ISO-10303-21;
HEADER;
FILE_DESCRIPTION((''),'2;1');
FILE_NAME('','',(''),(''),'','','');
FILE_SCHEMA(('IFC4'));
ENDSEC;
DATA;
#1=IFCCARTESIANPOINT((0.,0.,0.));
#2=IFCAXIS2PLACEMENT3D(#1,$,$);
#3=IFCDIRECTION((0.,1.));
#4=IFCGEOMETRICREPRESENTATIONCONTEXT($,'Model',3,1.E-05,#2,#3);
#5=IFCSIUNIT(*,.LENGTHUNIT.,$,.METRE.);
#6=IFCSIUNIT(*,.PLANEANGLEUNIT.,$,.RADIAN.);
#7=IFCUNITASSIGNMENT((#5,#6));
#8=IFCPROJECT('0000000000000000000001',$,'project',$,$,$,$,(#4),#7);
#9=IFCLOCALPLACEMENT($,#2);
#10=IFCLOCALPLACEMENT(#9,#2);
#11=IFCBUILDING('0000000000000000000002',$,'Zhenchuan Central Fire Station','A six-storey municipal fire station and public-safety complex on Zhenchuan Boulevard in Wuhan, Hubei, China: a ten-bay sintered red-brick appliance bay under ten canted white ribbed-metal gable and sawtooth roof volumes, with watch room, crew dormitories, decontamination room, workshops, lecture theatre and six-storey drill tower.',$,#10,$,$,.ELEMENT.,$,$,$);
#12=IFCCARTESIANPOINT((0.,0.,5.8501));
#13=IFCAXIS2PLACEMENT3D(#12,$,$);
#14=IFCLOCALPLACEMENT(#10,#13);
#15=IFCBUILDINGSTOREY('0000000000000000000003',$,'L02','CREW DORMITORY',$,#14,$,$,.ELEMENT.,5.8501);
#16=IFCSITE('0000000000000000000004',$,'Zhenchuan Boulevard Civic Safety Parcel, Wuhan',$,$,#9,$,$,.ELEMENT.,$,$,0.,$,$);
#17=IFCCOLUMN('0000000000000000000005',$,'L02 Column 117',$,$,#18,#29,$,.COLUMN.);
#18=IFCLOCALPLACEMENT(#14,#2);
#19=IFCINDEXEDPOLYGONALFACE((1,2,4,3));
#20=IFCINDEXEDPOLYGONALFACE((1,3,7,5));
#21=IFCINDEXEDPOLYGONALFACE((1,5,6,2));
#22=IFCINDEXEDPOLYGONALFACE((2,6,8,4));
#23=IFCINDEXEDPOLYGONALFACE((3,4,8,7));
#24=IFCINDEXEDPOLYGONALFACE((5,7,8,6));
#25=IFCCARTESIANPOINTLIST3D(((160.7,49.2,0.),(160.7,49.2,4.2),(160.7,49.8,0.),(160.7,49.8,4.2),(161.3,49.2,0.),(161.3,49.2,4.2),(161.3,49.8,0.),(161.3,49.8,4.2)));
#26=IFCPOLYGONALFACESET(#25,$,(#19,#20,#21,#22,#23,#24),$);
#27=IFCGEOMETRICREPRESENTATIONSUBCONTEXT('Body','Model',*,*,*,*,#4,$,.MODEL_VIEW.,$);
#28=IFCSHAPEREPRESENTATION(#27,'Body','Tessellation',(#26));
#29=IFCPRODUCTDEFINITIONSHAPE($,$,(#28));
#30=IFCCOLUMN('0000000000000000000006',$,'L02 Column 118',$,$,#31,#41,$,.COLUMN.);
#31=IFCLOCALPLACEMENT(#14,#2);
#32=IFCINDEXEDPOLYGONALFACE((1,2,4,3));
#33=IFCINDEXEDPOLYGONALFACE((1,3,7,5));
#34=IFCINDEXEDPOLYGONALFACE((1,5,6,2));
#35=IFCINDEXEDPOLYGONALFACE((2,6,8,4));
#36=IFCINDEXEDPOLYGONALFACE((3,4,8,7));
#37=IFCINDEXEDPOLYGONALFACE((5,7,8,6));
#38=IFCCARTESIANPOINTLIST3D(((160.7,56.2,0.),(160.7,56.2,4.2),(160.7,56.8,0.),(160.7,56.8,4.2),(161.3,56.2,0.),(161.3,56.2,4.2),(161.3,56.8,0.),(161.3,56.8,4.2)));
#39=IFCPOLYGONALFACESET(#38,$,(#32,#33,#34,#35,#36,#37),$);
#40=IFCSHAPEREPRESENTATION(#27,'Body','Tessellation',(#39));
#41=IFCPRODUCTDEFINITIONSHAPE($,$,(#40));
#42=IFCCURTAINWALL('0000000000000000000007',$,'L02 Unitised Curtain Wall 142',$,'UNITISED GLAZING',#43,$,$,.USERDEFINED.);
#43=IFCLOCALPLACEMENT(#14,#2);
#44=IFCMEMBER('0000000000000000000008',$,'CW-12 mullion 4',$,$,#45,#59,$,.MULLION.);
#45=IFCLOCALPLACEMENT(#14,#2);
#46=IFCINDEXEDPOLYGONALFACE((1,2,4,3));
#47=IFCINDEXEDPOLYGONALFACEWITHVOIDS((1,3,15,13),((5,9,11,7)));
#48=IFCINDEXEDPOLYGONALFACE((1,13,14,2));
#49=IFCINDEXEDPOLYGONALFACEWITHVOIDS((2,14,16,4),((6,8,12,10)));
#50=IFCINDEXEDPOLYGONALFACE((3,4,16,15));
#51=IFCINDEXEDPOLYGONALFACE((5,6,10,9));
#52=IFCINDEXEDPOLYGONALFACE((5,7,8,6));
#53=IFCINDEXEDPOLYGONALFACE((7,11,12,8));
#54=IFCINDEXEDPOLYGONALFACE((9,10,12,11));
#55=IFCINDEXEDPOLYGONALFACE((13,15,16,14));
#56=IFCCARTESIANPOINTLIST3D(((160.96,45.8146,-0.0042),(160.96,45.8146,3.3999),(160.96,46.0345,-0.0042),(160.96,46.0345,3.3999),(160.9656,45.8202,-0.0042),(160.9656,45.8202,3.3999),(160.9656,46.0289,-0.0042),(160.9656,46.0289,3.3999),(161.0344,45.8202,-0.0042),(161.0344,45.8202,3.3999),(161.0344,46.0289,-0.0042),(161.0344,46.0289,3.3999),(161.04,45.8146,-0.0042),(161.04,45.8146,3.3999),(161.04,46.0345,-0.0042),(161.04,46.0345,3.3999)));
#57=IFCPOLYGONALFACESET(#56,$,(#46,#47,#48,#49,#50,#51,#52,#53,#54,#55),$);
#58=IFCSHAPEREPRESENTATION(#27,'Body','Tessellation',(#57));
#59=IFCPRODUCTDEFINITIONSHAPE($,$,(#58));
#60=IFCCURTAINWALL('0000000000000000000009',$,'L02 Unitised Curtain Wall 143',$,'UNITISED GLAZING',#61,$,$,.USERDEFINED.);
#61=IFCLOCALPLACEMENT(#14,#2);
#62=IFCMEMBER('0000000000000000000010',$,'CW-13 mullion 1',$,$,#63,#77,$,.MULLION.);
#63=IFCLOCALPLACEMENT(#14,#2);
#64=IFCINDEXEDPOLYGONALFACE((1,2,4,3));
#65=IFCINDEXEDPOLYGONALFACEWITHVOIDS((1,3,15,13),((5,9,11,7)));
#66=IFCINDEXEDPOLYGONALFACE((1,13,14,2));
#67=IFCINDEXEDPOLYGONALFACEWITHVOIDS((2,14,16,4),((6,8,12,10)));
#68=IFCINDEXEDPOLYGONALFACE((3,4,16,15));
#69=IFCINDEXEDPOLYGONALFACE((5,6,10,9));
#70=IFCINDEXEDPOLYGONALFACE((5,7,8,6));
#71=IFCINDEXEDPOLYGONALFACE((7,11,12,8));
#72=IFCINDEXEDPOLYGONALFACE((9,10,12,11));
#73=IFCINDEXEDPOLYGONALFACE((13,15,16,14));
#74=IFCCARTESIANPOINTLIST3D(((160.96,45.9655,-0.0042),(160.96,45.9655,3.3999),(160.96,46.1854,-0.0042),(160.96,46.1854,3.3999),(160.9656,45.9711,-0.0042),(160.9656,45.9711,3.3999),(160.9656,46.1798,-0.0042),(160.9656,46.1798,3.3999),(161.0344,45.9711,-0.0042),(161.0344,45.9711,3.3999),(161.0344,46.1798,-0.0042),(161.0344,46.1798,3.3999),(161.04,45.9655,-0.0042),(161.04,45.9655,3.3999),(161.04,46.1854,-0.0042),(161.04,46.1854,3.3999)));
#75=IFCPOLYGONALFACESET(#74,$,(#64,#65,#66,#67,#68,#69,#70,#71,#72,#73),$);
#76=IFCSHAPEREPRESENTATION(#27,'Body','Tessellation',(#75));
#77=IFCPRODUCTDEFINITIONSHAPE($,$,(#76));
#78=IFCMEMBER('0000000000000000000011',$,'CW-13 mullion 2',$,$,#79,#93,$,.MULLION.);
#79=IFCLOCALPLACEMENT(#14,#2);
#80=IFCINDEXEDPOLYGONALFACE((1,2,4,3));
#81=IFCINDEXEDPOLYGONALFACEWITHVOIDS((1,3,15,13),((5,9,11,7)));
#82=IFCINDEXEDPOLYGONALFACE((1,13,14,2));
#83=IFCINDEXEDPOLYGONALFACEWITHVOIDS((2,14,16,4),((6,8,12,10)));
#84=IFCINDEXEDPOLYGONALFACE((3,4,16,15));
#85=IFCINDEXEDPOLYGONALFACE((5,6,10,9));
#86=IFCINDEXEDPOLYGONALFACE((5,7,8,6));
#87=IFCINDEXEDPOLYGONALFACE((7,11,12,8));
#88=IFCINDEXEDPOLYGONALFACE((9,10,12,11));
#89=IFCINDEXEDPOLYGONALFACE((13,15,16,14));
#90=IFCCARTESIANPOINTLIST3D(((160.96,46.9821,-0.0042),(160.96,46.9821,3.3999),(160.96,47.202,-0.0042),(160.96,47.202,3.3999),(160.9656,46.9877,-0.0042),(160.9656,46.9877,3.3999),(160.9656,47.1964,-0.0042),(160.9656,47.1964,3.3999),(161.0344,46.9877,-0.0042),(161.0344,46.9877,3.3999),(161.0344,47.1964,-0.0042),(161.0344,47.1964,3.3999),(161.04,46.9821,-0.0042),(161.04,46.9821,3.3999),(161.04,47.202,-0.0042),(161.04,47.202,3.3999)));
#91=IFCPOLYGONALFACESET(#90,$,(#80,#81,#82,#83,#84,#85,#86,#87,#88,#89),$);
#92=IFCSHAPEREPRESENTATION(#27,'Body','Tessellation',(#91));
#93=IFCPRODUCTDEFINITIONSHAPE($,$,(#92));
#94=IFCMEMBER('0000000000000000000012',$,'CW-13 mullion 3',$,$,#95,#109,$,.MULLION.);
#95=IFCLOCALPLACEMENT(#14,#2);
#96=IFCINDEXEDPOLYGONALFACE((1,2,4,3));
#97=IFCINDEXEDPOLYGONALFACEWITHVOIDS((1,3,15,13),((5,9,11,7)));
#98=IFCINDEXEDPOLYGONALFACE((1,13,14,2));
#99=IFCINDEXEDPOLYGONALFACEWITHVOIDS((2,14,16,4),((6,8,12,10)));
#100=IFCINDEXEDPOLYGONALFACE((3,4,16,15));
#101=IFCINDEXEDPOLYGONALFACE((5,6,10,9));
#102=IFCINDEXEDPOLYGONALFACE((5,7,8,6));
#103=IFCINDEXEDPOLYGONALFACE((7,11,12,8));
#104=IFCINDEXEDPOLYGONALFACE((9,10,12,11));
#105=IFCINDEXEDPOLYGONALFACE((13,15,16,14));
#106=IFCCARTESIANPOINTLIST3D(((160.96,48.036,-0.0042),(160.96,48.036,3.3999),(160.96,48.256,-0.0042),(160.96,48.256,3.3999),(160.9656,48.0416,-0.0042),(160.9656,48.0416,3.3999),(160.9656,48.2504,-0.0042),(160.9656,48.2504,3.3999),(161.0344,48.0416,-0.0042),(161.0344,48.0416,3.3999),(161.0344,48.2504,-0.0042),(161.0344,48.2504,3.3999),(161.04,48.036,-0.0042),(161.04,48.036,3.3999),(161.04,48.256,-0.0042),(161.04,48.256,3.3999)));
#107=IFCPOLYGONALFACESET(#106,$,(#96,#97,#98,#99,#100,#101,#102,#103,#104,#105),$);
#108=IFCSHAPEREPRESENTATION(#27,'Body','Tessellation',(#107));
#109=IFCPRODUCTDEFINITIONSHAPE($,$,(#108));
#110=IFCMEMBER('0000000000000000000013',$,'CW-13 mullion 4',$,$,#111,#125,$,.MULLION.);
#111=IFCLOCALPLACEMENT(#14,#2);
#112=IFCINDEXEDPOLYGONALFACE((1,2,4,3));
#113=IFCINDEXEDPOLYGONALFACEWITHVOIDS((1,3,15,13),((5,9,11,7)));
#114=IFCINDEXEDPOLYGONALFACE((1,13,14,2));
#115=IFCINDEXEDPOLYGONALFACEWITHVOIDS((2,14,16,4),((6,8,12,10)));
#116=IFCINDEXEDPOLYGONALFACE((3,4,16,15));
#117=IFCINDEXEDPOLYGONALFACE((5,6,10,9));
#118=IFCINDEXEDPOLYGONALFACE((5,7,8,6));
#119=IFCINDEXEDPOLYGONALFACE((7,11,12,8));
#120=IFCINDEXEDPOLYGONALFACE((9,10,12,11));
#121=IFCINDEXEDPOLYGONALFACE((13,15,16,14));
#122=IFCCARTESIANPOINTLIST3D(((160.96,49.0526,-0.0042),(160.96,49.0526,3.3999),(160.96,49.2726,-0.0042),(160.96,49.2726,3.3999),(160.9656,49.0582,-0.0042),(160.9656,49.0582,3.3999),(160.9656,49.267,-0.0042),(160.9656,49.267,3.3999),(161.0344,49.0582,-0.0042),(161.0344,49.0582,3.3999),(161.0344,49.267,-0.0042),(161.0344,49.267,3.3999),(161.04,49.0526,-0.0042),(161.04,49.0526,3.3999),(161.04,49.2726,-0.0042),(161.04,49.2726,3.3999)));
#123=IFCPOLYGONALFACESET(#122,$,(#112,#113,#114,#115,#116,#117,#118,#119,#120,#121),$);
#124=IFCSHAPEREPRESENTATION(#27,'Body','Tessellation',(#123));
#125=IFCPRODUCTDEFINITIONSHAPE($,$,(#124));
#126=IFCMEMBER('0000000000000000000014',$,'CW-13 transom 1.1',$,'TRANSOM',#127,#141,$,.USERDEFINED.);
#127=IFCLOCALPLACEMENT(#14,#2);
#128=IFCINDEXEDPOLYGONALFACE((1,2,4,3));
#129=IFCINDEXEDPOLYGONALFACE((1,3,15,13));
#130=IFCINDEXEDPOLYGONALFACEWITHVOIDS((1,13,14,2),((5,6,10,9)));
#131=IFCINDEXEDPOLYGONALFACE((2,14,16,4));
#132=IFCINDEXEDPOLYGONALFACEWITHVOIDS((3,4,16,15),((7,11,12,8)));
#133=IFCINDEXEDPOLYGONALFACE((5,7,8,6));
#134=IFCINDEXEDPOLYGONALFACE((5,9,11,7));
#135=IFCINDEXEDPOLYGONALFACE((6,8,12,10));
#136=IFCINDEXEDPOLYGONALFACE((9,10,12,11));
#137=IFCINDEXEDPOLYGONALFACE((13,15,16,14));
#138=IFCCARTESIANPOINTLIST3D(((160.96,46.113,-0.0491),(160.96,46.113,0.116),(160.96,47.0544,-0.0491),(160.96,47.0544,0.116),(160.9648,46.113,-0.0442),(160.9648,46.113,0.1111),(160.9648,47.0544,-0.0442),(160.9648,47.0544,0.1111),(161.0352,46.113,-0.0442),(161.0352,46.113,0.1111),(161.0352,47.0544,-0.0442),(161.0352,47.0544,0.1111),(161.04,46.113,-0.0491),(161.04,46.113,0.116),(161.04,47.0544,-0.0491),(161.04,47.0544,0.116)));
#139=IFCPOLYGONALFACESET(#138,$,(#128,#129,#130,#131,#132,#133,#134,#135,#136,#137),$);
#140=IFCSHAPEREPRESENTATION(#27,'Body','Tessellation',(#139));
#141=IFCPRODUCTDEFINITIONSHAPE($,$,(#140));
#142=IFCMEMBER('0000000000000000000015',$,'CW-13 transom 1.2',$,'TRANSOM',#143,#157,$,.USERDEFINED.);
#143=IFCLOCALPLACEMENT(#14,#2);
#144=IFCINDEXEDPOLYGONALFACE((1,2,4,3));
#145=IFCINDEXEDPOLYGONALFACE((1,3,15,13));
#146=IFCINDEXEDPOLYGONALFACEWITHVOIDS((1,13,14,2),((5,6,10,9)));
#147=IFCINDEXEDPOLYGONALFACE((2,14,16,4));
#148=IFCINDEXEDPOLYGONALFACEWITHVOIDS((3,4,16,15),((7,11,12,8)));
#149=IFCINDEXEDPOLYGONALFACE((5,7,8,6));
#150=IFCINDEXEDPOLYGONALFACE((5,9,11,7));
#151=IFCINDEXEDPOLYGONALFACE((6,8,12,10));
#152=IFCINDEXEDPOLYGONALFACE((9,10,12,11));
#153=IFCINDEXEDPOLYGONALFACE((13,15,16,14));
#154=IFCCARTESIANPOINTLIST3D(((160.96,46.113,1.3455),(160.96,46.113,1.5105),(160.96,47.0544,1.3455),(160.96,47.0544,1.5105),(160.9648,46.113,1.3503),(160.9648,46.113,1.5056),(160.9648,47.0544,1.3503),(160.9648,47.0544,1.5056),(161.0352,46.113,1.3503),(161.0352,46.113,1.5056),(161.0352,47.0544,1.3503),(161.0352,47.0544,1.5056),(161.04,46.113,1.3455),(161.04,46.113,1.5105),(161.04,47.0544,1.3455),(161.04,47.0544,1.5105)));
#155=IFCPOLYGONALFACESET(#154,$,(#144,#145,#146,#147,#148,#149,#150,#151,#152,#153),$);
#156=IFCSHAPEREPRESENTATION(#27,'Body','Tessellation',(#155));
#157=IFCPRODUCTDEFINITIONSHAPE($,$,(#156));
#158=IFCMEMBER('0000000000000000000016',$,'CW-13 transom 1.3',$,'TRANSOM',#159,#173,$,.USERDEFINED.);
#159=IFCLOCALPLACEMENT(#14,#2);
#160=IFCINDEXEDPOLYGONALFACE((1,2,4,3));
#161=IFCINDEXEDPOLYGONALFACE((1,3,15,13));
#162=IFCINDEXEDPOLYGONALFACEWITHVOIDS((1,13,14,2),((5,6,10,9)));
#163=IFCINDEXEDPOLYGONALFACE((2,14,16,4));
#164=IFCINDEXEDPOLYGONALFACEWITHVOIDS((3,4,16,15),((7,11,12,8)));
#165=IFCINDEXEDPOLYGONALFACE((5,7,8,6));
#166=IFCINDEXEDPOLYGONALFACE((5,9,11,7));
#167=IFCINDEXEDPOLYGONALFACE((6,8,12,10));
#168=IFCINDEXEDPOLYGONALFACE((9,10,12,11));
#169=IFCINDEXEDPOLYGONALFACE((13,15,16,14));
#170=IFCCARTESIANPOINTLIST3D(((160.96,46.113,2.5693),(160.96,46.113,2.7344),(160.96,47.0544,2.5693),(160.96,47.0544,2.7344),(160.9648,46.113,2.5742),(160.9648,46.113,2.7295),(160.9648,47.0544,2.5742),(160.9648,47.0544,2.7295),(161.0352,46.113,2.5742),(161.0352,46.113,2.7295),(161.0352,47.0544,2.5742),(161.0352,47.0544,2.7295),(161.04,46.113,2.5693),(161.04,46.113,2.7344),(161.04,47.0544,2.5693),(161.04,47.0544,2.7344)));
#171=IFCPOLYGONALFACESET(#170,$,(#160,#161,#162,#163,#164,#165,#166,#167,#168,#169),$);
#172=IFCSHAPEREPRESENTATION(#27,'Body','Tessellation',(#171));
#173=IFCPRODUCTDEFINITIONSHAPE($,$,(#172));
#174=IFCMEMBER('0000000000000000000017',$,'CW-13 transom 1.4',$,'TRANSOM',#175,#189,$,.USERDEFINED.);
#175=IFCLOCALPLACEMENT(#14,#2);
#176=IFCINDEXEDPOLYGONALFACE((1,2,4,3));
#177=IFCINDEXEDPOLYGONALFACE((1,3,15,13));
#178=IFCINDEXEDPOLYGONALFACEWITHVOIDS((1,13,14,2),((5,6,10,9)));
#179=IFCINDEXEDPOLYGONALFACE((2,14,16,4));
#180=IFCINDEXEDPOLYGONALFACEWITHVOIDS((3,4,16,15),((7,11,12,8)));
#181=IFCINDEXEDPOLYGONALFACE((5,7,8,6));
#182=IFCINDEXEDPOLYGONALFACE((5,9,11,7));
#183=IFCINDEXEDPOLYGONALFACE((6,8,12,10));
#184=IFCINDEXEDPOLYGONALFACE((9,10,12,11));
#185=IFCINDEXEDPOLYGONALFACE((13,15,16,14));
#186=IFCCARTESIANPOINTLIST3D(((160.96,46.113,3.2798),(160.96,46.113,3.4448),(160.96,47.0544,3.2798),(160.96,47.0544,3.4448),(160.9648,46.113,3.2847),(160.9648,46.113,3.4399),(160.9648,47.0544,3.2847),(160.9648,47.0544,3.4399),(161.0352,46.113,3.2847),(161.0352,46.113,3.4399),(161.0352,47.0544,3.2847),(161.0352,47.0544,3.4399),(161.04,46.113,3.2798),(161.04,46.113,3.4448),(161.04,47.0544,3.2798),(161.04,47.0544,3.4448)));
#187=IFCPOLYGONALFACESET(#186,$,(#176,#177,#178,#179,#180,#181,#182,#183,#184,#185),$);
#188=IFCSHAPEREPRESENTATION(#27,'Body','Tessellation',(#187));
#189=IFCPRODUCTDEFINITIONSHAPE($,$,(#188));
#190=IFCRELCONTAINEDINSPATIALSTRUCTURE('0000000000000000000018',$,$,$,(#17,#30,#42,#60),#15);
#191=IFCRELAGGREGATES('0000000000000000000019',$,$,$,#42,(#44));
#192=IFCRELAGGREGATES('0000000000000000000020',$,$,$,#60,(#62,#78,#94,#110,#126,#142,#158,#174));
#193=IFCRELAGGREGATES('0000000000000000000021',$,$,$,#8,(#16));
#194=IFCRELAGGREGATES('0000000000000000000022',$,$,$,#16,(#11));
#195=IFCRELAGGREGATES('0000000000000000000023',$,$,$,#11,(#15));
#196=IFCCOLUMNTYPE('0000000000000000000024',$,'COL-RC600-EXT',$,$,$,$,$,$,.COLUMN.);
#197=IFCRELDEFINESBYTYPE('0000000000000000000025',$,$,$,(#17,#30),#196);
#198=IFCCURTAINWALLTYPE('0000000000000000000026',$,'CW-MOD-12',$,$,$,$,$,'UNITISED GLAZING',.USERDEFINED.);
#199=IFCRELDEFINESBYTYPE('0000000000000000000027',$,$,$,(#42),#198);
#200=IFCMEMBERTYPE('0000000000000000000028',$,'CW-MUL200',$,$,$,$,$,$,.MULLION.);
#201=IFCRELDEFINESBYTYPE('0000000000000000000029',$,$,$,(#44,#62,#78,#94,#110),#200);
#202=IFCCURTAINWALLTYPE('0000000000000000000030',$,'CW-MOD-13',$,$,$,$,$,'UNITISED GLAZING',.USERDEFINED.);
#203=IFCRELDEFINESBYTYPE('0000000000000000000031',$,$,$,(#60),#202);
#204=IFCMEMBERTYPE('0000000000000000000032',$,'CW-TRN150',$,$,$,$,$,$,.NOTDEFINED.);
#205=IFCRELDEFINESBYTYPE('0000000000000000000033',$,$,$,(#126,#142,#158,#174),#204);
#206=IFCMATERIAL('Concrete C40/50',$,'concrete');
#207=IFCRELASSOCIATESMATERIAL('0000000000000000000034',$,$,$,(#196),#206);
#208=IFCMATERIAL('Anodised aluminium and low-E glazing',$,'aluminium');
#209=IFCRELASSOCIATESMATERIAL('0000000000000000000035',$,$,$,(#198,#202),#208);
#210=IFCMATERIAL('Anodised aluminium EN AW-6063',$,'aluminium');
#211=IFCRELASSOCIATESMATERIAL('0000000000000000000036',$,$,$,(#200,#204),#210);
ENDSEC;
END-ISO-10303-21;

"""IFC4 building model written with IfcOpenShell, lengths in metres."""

from ifc_helpers import new_model, si_unit, direction, frame, origin, origin_2d, place, context, subcontext, project, spatial, rectangle, hollow_rectangle, extrude, material, material_profile, profile_set, type_object, element, aggregate, save


model = new_model("IFC4")

# Units and contexts
model_context = context("Model", 3, precision=1e-05, world=origin(), true_north=direction((0.0, 1.0)))
body_context = subcontext(model_context, "Body", "Model", "MODEL_VIEW")
ifc_project = project(units=[si_unit("LENGTHUNIT", "METRE"), si_unit("PLANEANGLEUNIT", "RADIAN")], contexts=[model_context])

# Site, building, storey
site_placement = place(None, origin())
site = spatial("IfcSite", under=ifc_project, at=site_placement, Name="Zhenchuan Boulevard Civic Safety Parcel, Wuhan", CompositionType="ELEMENT", RefElevation=0.0)
building_placement = place(site_placement, origin())
building = spatial("IfcBuilding", under=site, at=building_placement, Name="Zhenchuan Central Fire Station", Description="A six-storey municipal fire station and public-safety complex on Zhenchuan Boulevard in Wuhan, Hubei, China: a ten-bay sintered red-brick appliance bay under ten canted white ribbed-metal gable and sawtooth roof volumes, with watch room, crew dormitories, decontamination room, workshops, lecture theatre and six-storey drill tower.", CompositionType="ELEMENT")
storey_placement = place(building_placement, frame((0.0, 0.0, 5.8501)))
storey = spatial("IfcBuildingStorey", under=building, at=storey_placement, Name="L02", Description="CREW DORMITORY", CompositionType="ELEMENT", Elevation=5.8501)

# Columns
ifc_material_1 = material(Name="Concrete C40/50", Category="concrete")
ifc_material_profile_1 = material_profile(ifc_material_1, rectangle(XDim=0.6001, YDim=0.6001, at=origin_2d()), Name="RC 600x600")
ifc_profile_set_1 = profile_set([ifc_material_profile_1], Name="Concrete C40/50")
column_type = type_object("IfcColumnType", Name="COL-RC600-EXT", PredefinedType="COLUMN", material=ifc_profile_set_1)
for number, where, z_axis, x_axis, name in (
    (1, (161.0, 49.5, 0.0), (0.0, 0.0, 1.0), (1.0, 0.0, 0.0), "L02 Column 117"),
    (2, (161.0, 56.5, 0.0), (0.0, 0.0, 1.0), (1.0, 0.0, 0.0), "L02 Column 118"),
):
    element("IfcColumn", number, at=place(storey_placement, frame(where, z_axis=z_axis, x_axis=x_axis)), inside=storey, type_object=column_type, Name=name, PredefinedType="COLUMN", context=body_context, shape_type="SweptSolid", body=[
        extrude(rectangle(XDim=0.6001, YDim=0.6001, at=origin_2d()), origin(), (0.0, 0.0, 1.0), 4.2),
    ])

# Curtain wall, member
ifc_material_2 = material(Name="Anodised aluminium and low-E glazing", Category="aluminium")
curtain_wall_type_1 = type_object("IfcCurtainWallType", Name="CW-MOD-12", ElementType="UNITISED GLAZING", PredefinedType="USERDEFINED", material=ifc_material_2)
curtain_wall_1_placement = place(storey_placement, origin())
curtain_wall_1 = element("IfcCurtainWall", 3, at=curtain_wall_1_placement, inside=storey, type_object=curtain_wall_type_1, Name="L02 Unitised Curtain Wall 142", ObjectType="UNITISED GLAZING", PredefinedType="USERDEFINED")
ifc_material_3 = material(Name="Anodised aluminium EN AW-6063", Category="aluminium")
ifc_material_profile_2 = material_profile(ifc_material_3, hollow_rectangle(XDim=0.0801, YDim=0.22, WallThickness=0.0056, at=origin_2d()), Name="ALU-M 220x80")
ifc_profile_set_2 = profile_set([ifc_material_profile_2], Name="Anodised aluminium EN AW-6063")
member_type_1 = type_object("IfcMemberType", Name="CW-MUL200", PredefinedType="MULLION", material=ifc_profile_set_2)
member_1_placement = place(storey_placement, frame((161.0, 45.9246, -0.0042), z_axis=(0.0, 0.0, 1.0), x_axis=(-1.0, 0.0, 0.0)))
member_1 = element("IfcMember", 4, at=member_1_placement, type_object=member_type_1, Name="CW-12 mullion 4", PredefinedType="MULLION", context=body_context, shape_type="SweptSolid", body=[
    extrude(hollow_rectangle(XDim=0.0801, YDim=0.22, WallThickness=0.0056, at=origin_2d()), origin(), (0.0, 0.0, 1.0), 3.4041),
])

# Curtain wall, members
curtain_wall_type_2 = type_object("IfcCurtainWallType", Name="CW-MOD-13", ElementType="UNITISED GLAZING", PredefinedType="USERDEFINED", material=ifc_material_2)
curtain_wall_2_placement = place(storey_placement, origin())
curtain_wall_2 = element("IfcCurtainWall", 5, at=curtain_wall_2_placement, inside=storey, type_object=curtain_wall_type_2, Name="L02 Unitised Curtain Wall 143", ObjectType="UNITISED GLAZING", PredefinedType="USERDEFINED")
member_2_placement = place(storey_placement, frame((161.0, 46.0754, -0.0042), z_axis=(0.0, 0.0, 1.0), x_axis=(-1.0, 0.0, 0.0)))
member_2 = element("IfcMember", 6, at=member_2_placement, type_object=member_type_1, Name="CW-13 mullion 1", PredefinedType="MULLION", context=body_context, shape_type="SweptSolid", body=[
    extrude(hollow_rectangle(XDim=0.0801, YDim=0.22, WallThickness=0.0056, at=origin_2d()), origin(), (0.0, 0.0, 1.0), 3.4041),
])
member_3_placement = place(storey_placement, frame((161.0, 47.092, -0.0042), z_axis=(0.0, 0.0, 1.0), x_axis=(-1.0, 0.0, 0.0)))
member_3 = element("IfcMember", 7, at=member_3_placement, type_object=member_type_1, Name="CW-13 mullion 2", PredefinedType="MULLION", context=body_context, shape_type="SweptSolid", body=[
    extrude(hollow_rectangle(XDim=0.0801, YDim=0.22, WallThickness=0.0056, at=origin_2d()), origin(), (0.0, 0.0, 1.0), 3.4041),
])
member_4_placement = place(storey_placement, frame((161.0, 48.146, -0.0042), z_axis=(0.0, 0.0, 1.0), x_axis=(-1.0, 0.0, 0.0)))
member_4 = element("IfcMember", 8, at=member_4_placement, type_object=member_type_1, Name="CW-13 mullion 3", PredefinedType="MULLION", context=body_context, shape_type="SweptSolid", body=[
    extrude(hollow_rectangle(XDim=0.0801, YDim=0.22, WallThickness=0.0056, at=origin_2d()), origin(), (0.0, 0.0, 1.0), 3.4041),
])
member_5_placement = place(storey_placement, frame((161.0, 49.1626, -0.0042), z_axis=(0.0, 0.0, 1.0), x_axis=(-1.0, 0.0, 0.0)))
member_5 = element("IfcMember", 9, at=member_5_placement, type_object=member_type_1, Name="CW-13 mullion 4", PredefinedType="MULLION", context=body_context, shape_type="SweptSolid", body=[
    extrude(hollow_rectangle(XDim=0.0801, YDim=0.22, WallThickness=0.0056, at=origin_2d()), origin(), (0.0, 0.0, 1.0), 3.4041),
])
ifc_material_profile_3 = material_profile(ifc_material_3, hollow_rectangle(XDim=0.0801, YDim=0.165, WallThickness=0.0049, at=origin_2d()), Name="ALU-T 165x80")
ifc_profile_set_3 = profile_set([ifc_material_profile_3], Name="Anodised aluminium EN AW-6063")
member_type_2 = type_object("IfcMemberType", Name="CW-TRN150", PredefinedType="NOTDEFINED", material=ifc_profile_set_3)
member_6_placement = place(storey_placement, frame((161.0, 46.113, 0.0334), z_axis=(0.0, 1.0, 0.0), x_axis=(-1.0, 0.0, 0.0)))
member_6 = element("IfcMember", 10, at=member_6_placement, type_object=member_type_2, Name="CW-13 transom 1.1", ObjectType="TRANSOM", PredefinedType="USERDEFINED", context=body_context, shape_type="SweptSolid", body=[
    extrude(hollow_rectangle(XDim=0.0801, YDim=0.165, WallThickness=0.0049, at=origin_2d()), origin(), (0.0, 0.0, 1.0), 0.9414),
])
member_7_placement = place(storey_placement, frame((161.0, 46.113, 1.428), z_axis=(0.0, 1.0, 0.0), x_axis=(-1.0, 0.0, 0.0)))
member_7 = element("IfcMember", 11, at=member_7_placement, type_object=member_type_2, Name="CW-13 transom 1.2", ObjectType="TRANSOM", PredefinedType="USERDEFINED", context=body_context, shape_type="SweptSolid", body=[
    extrude(hollow_rectangle(XDim=0.0801, YDim=0.165, WallThickness=0.0049, at=origin_2d()), origin(), (0.0, 0.0, 1.0), 0.9414),
])
member_8_placement = place(storey_placement, frame((161.0, 46.113, 2.6519), z_axis=(0.0, 1.0, 0.0), x_axis=(-1.0, 0.0, 0.0)))
member_8 = element("IfcMember", 12, at=member_8_placement, type_object=member_type_2, Name="CW-13 transom 1.3", ObjectType="TRANSOM", PredefinedType="USERDEFINED", context=body_context, shape_type="SweptSolid", body=[
    extrude(hollow_rectangle(XDim=0.0801, YDim=0.165, WallThickness=0.0049, at=origin_2d()), origin(), (0.0, 0.0, 1.0), 0.9414),
])
member_9_placement = place(storey_placement, frame((161.0, 46.113, 3.3623), z_axis=(0.0, 1.0, 0.0), x_axis=(-1.0, 0.0, 0.0)))
member_9 = element("IfcMember", 13, at=member_9_placement, type_object=member_type_2, Name="CW-13 transom 1.4", ObjectType="TRANSOM", PredefinedType="USERDEFINED", context=body_context, shape_type="SweptSolid", body=[
    extrude(hollow_rectangle(XDim=0.0801, YDim=0.165, WallThickness=0.0049, at=origin_2d()), origin(), (0.0, 0.0, 1.0), 0.9414),
])

aggregate(curtain_wall_1, [member_1])
aggregate(curtain_wall_2, [member_2, member_3, member_4, member_5, member_6, member_7, member_8, member_9])

save(model, "model.ifc")
